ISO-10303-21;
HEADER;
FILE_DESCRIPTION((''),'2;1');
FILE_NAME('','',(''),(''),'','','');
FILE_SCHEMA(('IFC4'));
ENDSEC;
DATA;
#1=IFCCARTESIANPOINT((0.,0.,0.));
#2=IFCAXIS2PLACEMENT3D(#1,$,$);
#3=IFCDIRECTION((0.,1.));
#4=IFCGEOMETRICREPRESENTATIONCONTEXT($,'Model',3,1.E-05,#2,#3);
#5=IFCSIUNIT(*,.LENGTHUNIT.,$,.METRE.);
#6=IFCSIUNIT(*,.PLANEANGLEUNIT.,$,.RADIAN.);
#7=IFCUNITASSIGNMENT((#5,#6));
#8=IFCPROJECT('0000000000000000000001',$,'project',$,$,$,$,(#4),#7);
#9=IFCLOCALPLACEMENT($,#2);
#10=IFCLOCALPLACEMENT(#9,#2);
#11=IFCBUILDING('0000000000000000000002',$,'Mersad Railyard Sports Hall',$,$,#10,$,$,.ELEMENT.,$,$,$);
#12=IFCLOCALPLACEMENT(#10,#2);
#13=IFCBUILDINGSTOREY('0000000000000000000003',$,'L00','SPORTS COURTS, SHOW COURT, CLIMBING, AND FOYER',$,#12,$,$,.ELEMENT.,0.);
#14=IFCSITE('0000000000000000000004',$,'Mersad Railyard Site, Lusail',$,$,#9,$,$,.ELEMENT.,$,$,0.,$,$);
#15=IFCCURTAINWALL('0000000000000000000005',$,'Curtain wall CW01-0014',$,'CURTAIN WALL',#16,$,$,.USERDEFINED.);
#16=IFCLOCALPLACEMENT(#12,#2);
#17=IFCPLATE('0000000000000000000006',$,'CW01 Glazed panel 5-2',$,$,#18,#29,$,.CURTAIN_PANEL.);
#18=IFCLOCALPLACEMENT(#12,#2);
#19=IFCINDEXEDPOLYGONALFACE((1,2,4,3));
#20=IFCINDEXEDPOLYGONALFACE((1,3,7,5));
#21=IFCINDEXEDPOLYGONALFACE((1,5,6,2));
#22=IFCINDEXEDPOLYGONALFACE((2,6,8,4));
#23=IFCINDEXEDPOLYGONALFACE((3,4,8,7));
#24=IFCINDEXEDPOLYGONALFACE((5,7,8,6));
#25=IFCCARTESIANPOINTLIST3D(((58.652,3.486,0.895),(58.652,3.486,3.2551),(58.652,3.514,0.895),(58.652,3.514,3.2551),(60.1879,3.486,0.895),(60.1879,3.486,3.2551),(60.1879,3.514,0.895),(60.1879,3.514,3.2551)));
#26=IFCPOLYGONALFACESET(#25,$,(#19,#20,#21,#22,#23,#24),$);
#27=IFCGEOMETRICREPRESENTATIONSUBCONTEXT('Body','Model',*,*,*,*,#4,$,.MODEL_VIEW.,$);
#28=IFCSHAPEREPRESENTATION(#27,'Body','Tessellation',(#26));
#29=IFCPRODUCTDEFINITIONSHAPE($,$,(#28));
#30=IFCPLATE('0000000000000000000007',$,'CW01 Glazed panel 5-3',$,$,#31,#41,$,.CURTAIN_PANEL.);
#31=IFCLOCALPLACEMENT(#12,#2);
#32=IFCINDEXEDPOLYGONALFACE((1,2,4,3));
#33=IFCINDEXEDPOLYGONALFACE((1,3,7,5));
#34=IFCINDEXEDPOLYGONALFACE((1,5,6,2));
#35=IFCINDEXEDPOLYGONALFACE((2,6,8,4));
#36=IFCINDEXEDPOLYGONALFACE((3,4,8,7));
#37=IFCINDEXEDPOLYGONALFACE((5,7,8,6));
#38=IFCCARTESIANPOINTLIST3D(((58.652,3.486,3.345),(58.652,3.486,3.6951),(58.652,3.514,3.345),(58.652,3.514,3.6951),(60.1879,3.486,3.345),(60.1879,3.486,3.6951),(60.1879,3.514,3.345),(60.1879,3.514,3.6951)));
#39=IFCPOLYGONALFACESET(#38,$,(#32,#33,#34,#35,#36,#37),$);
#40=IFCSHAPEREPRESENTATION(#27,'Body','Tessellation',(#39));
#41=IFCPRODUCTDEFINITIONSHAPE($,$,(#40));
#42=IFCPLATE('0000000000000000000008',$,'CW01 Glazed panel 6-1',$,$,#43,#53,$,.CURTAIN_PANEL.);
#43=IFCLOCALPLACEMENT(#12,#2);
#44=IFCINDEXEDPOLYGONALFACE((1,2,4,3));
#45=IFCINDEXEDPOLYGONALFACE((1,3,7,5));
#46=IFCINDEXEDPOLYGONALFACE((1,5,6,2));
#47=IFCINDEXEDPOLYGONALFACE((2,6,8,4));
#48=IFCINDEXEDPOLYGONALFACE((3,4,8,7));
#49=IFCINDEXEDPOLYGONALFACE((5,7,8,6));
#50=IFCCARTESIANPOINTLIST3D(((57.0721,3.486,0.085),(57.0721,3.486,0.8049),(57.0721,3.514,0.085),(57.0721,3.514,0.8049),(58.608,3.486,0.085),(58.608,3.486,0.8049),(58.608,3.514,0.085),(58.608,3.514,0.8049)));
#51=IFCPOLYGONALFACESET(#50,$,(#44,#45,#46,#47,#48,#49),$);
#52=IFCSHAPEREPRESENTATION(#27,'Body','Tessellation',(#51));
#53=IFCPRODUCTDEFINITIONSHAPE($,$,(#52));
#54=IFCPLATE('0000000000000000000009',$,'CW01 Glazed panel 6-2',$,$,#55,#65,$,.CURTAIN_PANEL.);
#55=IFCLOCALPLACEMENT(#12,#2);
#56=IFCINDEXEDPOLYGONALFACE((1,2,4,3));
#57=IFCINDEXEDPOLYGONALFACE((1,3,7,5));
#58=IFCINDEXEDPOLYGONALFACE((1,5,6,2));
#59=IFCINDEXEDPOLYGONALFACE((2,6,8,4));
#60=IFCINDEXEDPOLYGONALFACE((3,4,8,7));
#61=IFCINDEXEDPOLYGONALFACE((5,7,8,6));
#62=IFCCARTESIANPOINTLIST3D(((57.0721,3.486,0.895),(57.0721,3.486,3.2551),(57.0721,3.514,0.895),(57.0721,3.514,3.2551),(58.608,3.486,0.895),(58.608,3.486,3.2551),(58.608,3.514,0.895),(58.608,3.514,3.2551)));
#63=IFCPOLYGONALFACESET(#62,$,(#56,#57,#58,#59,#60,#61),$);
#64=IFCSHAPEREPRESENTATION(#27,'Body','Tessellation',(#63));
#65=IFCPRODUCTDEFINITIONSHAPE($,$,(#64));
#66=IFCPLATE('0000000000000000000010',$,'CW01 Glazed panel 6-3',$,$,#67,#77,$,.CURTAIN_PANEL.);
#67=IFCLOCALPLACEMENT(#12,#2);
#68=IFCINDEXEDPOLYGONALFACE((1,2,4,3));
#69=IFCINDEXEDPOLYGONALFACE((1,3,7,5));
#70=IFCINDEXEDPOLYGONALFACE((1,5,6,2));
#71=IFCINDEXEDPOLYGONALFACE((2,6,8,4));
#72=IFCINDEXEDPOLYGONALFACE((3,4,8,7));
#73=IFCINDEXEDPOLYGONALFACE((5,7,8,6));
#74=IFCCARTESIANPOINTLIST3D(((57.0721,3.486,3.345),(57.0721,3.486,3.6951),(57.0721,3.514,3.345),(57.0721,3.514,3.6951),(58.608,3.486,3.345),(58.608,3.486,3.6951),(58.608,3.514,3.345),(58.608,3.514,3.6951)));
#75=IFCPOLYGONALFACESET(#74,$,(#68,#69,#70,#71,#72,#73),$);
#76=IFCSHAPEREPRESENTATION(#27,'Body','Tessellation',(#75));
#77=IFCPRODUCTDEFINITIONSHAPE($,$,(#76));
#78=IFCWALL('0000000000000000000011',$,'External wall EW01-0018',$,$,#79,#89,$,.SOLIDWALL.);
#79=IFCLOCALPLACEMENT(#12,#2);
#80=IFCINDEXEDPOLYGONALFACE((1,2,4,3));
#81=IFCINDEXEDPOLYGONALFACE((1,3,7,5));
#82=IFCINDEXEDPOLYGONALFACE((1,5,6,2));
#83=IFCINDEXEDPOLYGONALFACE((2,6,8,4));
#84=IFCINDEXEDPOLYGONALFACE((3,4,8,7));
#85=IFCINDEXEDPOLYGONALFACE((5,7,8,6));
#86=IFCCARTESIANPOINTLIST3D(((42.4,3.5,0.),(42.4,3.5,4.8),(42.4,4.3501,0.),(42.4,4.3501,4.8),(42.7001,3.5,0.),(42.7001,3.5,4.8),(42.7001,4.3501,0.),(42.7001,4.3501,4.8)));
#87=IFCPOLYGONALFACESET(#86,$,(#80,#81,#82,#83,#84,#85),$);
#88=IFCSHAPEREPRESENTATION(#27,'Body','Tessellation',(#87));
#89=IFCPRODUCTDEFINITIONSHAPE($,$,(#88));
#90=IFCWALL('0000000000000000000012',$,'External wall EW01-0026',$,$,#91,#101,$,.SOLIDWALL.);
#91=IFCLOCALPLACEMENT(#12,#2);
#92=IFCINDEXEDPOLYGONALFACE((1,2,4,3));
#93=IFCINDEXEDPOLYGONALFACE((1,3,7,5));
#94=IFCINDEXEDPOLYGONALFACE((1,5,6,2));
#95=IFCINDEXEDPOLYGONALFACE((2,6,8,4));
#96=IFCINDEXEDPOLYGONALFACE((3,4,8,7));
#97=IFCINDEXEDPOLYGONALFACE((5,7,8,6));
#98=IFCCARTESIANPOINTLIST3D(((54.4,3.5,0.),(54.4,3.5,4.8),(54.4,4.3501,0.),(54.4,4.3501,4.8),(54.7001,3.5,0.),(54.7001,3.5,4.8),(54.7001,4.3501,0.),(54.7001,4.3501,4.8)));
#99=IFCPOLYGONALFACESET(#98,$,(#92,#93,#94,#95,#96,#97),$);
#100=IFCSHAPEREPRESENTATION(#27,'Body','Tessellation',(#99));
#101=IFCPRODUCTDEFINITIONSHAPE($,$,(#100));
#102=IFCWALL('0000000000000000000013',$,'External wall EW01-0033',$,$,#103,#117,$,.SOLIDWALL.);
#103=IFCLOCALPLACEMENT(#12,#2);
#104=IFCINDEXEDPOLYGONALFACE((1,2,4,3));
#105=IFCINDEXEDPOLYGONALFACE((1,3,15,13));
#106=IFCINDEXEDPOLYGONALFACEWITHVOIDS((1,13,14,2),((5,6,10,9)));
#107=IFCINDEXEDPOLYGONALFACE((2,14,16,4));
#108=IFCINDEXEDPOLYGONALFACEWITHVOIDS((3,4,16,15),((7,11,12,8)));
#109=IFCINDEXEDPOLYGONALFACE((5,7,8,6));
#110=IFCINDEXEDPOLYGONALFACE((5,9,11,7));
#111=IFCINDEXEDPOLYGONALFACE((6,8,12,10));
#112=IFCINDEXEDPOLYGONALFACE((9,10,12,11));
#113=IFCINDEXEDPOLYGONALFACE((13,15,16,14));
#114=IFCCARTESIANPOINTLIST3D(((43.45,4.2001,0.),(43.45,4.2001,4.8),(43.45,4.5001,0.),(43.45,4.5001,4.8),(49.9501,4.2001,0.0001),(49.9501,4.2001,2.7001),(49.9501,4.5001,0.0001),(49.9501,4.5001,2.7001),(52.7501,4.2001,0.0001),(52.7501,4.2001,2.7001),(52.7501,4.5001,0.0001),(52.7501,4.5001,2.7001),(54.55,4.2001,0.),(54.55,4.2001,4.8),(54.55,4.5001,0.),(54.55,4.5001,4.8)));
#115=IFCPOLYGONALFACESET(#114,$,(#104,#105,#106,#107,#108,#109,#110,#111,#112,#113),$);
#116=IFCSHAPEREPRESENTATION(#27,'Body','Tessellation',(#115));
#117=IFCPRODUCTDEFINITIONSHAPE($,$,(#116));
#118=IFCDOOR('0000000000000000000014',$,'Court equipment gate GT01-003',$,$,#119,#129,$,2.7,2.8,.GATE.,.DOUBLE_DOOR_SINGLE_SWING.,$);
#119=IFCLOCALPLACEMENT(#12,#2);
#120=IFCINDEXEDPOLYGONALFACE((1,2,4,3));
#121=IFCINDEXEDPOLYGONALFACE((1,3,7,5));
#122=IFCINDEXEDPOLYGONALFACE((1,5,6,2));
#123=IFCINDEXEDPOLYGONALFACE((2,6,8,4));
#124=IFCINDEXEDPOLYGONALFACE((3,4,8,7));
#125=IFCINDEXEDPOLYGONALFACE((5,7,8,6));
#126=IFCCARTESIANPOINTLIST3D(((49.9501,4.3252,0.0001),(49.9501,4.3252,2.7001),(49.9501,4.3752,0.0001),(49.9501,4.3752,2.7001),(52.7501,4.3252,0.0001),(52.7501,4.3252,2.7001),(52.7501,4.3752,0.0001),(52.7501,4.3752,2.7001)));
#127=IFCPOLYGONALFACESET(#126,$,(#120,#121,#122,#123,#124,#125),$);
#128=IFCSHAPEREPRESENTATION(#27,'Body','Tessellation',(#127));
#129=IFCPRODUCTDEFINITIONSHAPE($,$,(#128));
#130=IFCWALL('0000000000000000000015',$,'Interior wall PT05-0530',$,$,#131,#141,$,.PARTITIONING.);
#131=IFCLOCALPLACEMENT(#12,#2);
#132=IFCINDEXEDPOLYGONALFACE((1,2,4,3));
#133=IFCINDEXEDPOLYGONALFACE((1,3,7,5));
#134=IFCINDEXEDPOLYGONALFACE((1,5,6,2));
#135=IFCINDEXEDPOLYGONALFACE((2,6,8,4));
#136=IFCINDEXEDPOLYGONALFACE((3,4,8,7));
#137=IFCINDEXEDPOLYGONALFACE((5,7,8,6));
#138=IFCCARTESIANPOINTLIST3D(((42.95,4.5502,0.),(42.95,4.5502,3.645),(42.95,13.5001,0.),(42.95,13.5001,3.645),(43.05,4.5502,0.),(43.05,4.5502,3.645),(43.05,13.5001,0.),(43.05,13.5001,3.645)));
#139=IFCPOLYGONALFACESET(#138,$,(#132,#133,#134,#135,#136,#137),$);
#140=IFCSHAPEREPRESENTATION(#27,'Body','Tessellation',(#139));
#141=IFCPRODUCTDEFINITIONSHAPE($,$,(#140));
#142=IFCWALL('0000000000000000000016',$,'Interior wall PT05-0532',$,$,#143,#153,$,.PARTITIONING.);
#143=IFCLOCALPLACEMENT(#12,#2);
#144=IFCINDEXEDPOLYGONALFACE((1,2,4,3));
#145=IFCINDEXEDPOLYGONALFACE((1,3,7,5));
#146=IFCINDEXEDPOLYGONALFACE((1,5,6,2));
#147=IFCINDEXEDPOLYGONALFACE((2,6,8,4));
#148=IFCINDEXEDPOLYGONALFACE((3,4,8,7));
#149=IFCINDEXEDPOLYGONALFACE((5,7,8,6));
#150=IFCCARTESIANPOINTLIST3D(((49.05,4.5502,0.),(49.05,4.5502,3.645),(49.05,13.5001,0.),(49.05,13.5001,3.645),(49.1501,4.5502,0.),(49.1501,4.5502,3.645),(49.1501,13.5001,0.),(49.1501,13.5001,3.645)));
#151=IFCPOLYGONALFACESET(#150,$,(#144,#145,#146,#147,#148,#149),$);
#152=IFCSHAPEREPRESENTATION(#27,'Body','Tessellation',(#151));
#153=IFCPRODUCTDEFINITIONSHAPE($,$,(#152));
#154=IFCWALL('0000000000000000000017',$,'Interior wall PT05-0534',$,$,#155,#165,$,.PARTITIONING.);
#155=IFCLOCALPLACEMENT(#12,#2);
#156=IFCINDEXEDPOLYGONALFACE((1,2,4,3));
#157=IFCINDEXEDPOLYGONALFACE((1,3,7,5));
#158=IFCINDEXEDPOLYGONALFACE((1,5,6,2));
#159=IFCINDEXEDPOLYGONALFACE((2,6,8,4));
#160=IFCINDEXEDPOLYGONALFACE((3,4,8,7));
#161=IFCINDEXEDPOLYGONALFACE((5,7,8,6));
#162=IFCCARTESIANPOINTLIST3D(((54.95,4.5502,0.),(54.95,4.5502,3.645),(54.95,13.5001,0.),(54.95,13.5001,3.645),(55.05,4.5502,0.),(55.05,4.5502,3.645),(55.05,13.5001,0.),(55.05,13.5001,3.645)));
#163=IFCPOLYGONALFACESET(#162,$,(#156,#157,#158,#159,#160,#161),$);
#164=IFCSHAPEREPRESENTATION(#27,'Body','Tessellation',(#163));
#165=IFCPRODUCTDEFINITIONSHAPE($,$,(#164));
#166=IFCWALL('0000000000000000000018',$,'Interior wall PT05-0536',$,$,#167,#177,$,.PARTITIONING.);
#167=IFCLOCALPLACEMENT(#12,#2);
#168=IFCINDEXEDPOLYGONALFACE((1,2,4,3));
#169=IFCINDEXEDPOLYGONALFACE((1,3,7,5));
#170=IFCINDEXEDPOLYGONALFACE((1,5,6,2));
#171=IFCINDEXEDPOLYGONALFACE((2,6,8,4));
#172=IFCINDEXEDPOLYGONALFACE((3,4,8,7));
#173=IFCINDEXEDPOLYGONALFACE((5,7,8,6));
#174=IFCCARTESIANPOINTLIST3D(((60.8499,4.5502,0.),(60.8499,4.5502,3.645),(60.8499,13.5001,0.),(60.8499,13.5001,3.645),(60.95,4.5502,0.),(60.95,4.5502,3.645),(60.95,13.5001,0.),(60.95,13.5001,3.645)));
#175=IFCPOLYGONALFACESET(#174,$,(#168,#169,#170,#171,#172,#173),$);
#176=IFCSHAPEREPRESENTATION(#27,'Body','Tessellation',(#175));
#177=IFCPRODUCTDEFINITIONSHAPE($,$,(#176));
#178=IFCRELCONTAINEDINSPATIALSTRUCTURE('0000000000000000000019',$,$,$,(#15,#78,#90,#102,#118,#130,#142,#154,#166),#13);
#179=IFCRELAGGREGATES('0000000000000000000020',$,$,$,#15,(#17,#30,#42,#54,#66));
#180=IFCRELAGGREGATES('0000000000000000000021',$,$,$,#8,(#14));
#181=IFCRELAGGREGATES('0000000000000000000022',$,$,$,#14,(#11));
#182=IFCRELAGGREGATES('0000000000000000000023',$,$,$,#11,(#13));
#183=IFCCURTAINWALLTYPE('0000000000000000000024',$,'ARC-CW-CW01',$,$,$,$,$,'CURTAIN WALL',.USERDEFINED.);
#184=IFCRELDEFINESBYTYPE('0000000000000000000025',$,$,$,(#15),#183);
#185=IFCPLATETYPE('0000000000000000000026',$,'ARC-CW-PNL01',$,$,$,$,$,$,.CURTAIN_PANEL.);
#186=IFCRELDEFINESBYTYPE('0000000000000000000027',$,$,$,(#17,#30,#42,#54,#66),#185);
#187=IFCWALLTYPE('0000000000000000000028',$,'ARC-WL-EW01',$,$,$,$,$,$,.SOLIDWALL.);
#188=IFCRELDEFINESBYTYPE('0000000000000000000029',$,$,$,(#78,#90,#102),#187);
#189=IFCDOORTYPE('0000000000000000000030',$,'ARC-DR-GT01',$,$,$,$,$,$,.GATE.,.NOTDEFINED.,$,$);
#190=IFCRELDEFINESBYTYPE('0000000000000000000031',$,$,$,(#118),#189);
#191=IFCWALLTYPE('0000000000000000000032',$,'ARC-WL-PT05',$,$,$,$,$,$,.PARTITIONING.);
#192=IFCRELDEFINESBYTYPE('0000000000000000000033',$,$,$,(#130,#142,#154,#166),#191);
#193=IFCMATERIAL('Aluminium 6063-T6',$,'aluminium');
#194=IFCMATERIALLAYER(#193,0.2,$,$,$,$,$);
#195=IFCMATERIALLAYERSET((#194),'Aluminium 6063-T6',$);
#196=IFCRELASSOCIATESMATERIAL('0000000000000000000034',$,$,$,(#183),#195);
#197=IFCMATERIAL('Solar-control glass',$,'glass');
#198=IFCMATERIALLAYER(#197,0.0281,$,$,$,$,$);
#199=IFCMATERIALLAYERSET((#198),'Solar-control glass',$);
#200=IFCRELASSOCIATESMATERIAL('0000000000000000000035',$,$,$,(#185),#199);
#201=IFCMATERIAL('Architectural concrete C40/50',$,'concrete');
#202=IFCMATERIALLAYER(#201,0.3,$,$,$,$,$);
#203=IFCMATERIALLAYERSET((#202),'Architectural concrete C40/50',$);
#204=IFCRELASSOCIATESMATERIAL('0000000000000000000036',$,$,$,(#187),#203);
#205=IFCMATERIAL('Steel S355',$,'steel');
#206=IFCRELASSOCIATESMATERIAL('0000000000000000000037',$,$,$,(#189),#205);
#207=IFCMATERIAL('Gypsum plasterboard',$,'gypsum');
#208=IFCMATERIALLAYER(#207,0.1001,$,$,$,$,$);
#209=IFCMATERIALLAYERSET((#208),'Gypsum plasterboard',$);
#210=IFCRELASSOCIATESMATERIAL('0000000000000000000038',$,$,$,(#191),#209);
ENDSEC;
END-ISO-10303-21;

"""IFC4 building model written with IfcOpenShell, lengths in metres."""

from ifc_helpers import new_model, si_unit, direction, frame, frame_2d, origin, origin_2d, place, context, subcontext, project, spatial, rectangle, extrude, material, layer, layer_set, type_object, element, fill, aggregate, save


model = new_model("IFC4")

# Units and contexts
model_context = context("Model", 3, precision=1e-05, world=origin(), true_north=direction((0.0, 1.0)))
body_context = subcontext(model_context, "Body", "Model", "MODEL_VIEW")
ifc_project = project(units=[si_unit("LENGTHUNIT", "METRE"), si_unit("PLANEANGLEUNIT", "RADIAN")], contexts=[model_context])

# Site, building, storey
site_placement = place(None, origin())
site = spatial("IfcSite", under=ifc_project, at=site_placement, Name="Mersad Railyard Site, Lusail", CompositionType="ELEMENT", RefElevation=0.0)
building_placement = place(site_placement, origin())
building = spatial("IfcBuilding", under=site, at=building_placement, Name="Mersad Railyard Sports Hall", CompositionType="ELEMENT")
storey_placement = place(building_placement, origin())
storey = spatial("IfcBuildingStorey", under=building, at=storey_placement, Name="L00", Description="SPORTS COURTS, SHOW COURT, CLIMBING, AND FOYER", CompositionType="ELEMENT", Elevation=0.0)

# Curtain wall, plates
ifc_material_1 = material(Name="Aluminium 6063-T6", Category="aluminium")
ifc_layer_1 = layer(ifc_material_1, 0.2)
ifc_layer_set_1 = layer_set([ifc_layer_1], Name="Aluminium 6063-T6")
curtain_wall_type = type_object("IfcCurtainWallType", Name="ARC-CW-CW01", ElementType="CURTAIN WALL", PredefinedType="USERDEFINED", material=ifc_layer_set_1)
curtain_wall_placement = place(storey_placement, origin())
curtain_wall = element("IfcCurtainWall", 1, at=curtain_wall_placement, inside=storey, type_object=curtain_wall_type, Name="Curtain wall CW01-0014", ObjectType="CURTAIN WALL", PredefinedType="USERDEFINED")
ifc_material_2 = material(Name="Solar-control glass", Category="glass")
ifc_layer_2 = layer(ifc_material_2, 0.0281)
ifc_layer_set_2 = layer_set([ifc_layer_2], Name="Solar-control glass")
plate_type = type_object("IfcPlateType", Name="ARC-CW-PNL01", PredefinedType="CURTAIN_PANEL", material=ifc_layer_set_2)
plate_1_placement = place(storey_placement, frame((59.4199, 3.5, 0.895), z_axis=(0.0, 0.0, 1.0), x_axis=(-1.0, 0.0, 0.0)))
plate_1 = element("IfcPlate", 2, at=plate_1_placement, type_object=plate_type, Name="CW01 Glazed panel 5-2", PredefinedType="CURTAIN_PANEL", context=body_context, shape_type="SweptSolid", body=[
    extrude(rectangle(XDim=1.5359, YDim=0.0281, at=origin_2d()), origin(), (0.0, 0.0, 1.0), 2.3601),
])
plate_2_placement = place(storey_placement, frame((59.4199, 3.5, 3.345), z_axis=(0.0, 0.0, 1.0), x_axis=(-1.0, 0.0, 0.0)))
plate_2 = element("IfcPlate", 3, at=plate_2_placement, type_object=plate_type, Name="CW01 Glazed panel 5-3", PredefinedType="CURTAIN_PANEL", context=body_context, shape_type="SweptSolid", body=[
    extrude(rectangle(XDim=1.5359, YDim=0.0281, at=origin_2d()), origin(), (0.0, 0.0, 1.0), 0.3501),
])
plate_3_placement = place(storey_placement, frame((57.8401, 3.5, 0.085), z_axis=(0.0, 0.0, 1.0), x_axis=(-1.0, 0.0, 0.0)))
plate_3 = element("IfcPlate", 4, at=plate_3_placement, type_object=plate_type, Name="CW01 Glazed panel 6-1", PredefinedType="CURTAIN_PANEL", context=body_context, shape_type="SweptSolid", body=[
    extrude(rectangle(XDim=1.5359, YDim=0.0281, at=origin_2d()), origin(), (0.0, 0.0, 1.0), 0.72),
])
plate_4_placement = place(storey_placement, frame((57.8401, 3.5, 0.895), z_axis=(0.0, 0.0, 1.0), x_axis=(-1.0, 0.0, 0.0)))
plate_4 = element("IfcPlate", 5, at=plate_4_placement, type_object=plate_type, Name="CW01 Glazed panel 6-2", PredefinedType="CURTAIN_PANEL", context=body_context, shape_type="SweptSolid", body=[
    extrude(rectangle(XDim=1.5359, YDim=0.0281, at=origin_2d()), origin(), (0.0, 0.0, 1.0), 2.3601),
])
plate_5_placement = place(storey_placement, frame((57.8401, 3.5, 3.345), z_axis=(0.0, 0.0, 1.0), x_axis=(-1.0, 0.0, 0.0)))
plate_5 = element("IfcPlate", 6, at=plate_5_placement, type_object=plate_type, Name="CW01 Glazed panel 6-3", PredefinedType="CURTAIN_PANEL", context=body_context, shape_type="SweptSolid", body=[
    extrude(rectangle(XDim=1.5359, YDim=0.0281, at=origin_2d()), origin(), (0.0, 0.0, 1.0), 0.3501),
])
aggregate(curtain_wall, [plate_1, plate_2, plate_3, plate_4, plate_5])

# Walls
ifc_material_3 = material(Name="Architectural concrete C40/50", Category="concrete")
ifc_layer_3 = layer(ifc_material_3, 0.3)
ifc_layer_set_3 = layer_set([ifc_layer_3], Name="Architectural concrete C40/50")
wall_type_1 = type_object("IfcWallType", Name="ARC-WL-EW01", PredefinedType="SOLIDWALL", material=ifc_layer_set_3)
for number, where, z_axis, x_axis, name in (
    (7, (42.55, 4.3501, 0.0), (0.0, 0.0, 1.0), (0.0, -1.0, 0.0), "External wall EW01-0018"),
    (8, (54.55, 4.3501, 0.0), (0.0, 0.0, 1.0), (0.0, -1.0, 0.0), "External wall EW01-0026"),
):
    element("IfcWall", number, at=place(storey_placement, frame(where, z_axis=z_axis, x_axis=x_axis)), inside=storey, type_object=wall_type_1, Name=name, PredefinedType="SOLIDWALL", context=body_context, shape_type="SweptSolid", body=[
        extrude(rectangle(XDim=0.8501, YDim=0.3, at=frame_2d((0.425, 0.0))), origin(), (0.0, 0.0, 1.0), 4.8),
    ])

# Wall, opening, door
wall_placement = place(storey_placement, frame((54.55, 4.3501, 0.0), z_axis=(0.0, 0.0, 1.0), x_axis=(-1.0, 0.0, 0.0)))
wall = element("IfcWall", 9, at=wall_placement, inside=storey, type_object=wall_type_1, Name="External wall EW01-0033", PredefinedType="SOLIDWALL", context=body_context, shape_type="SweptSolid", body=[
    extrude(rectangle(XDim=11.1001, YDim=0.3, at=frame_2d((5.55, 0.0))), origin(), (0.0, 0.0, 1.0), 4.8),
])
opening_placement = place(wall_placement, frame((1.8, 0.0, 0.0)))
opening = element("IfcOpeningElement", 10, at=opening_placement, cuts=wall, PredefinedType="OPENING", context=body_context, shape_type="SweptSolid", body=[
    extrude(rectangle(XDim=2.8, YDim=2.7, at=frame_2d((1.3999, 1.3501))), frame((0.0, 0.1599, 0.0), z_axis=(0.0, -1.0, 0.0), x_axis=(1.0, 0.0, 0.0)), (0.0, 0.0, 1.0), 0.3201),
])
ifc_material_4 = material(Name="Steel S355", Category="steel")
door_type = type_object("IfcDoorType", Name="ARC-DR-GT01", OperationType="NOTDEFINED", PredefinedType="GATE", material=ifc_material_4)
door_placement = place(opening_placement, origin())
door = element("IfcDoor", 11, at=door_placement, inside=storey, type_object=door_type, Name="Court equipment gate GT01-003", OperationType="DOUBLE_DOOR_SINGLE_SWING", OverallHeight=2.7, OverallWidth=2.8, PredefinedType="GATE", context=body_context, shape_type="SweptSolid", body=[
    extrude(rectangle(XDim=2.8, YDim=2.7, at=frame_2d((1.3999, 1.3501))), frame((0.0, 0.0249, 0.0), z_axis=(0.0, -1.0, 0.0), x_axis=(1.0, 0.0, 0.0)), (0.0, 0.0, 1.0), 0.05),
])
fill(opening, door)

# Walls
ifc_material_5 = material(Name="Gypsum plasterboard", Category="gypsum")
ifc_layer_4 = layer(ifc_material_5, 0.1001)
ifc_layer_set_4 = layer_set([ifc_layer_4], Name="Gypsum plasterboard")
wall_type_2 = type_object("IfcWallType", Name="ARC-WL-PT05", PredefinedType="PARTITIONING", material=ifc_layer_set_4)
for number, where, z_axis, x_axis, name in (
    (12, (43.0, 4.55, 0.0), (0.0, 0.0, 1.0), (0.0, 1.0, 0.0), "Interior wall PT05-0530"),
    (13, (49.1001, 4.55, 0.0), (0.0, 0.0, 1.0), (0.0, 1.0, 0.0), "Interior wall PT05-0532"),
    (14, (55.0, 4.55, 0.0), (0.0, 0.0, 1.0), (0.0, 1.0, 0.0), "Interior wall PT05-0534"),
    (15, (60.8999, 4.55, 0.0), (0.0, 0.0, 1.0), (0.0, 1.0, 0.0), "Interior wall PT05-0536"),
):
    element("IfcWall", number, at=place(storey_placement, frame(where, z_axis=z_axis, x_axis=x_axis)), inside=storey, type_object=wall_type_2, Name=name, PredefinedType="PARTITIONING", context=body_context, shape_type="SweptSolid", body=[
        extrude(rectangle(XDim=8.95, YDim=0.1001, at=frame_2d((4.4751, 0.0))), origin(), (0.0, 0.0, 1.0), 3.645),
    ])

save(model, "model.ifc")
